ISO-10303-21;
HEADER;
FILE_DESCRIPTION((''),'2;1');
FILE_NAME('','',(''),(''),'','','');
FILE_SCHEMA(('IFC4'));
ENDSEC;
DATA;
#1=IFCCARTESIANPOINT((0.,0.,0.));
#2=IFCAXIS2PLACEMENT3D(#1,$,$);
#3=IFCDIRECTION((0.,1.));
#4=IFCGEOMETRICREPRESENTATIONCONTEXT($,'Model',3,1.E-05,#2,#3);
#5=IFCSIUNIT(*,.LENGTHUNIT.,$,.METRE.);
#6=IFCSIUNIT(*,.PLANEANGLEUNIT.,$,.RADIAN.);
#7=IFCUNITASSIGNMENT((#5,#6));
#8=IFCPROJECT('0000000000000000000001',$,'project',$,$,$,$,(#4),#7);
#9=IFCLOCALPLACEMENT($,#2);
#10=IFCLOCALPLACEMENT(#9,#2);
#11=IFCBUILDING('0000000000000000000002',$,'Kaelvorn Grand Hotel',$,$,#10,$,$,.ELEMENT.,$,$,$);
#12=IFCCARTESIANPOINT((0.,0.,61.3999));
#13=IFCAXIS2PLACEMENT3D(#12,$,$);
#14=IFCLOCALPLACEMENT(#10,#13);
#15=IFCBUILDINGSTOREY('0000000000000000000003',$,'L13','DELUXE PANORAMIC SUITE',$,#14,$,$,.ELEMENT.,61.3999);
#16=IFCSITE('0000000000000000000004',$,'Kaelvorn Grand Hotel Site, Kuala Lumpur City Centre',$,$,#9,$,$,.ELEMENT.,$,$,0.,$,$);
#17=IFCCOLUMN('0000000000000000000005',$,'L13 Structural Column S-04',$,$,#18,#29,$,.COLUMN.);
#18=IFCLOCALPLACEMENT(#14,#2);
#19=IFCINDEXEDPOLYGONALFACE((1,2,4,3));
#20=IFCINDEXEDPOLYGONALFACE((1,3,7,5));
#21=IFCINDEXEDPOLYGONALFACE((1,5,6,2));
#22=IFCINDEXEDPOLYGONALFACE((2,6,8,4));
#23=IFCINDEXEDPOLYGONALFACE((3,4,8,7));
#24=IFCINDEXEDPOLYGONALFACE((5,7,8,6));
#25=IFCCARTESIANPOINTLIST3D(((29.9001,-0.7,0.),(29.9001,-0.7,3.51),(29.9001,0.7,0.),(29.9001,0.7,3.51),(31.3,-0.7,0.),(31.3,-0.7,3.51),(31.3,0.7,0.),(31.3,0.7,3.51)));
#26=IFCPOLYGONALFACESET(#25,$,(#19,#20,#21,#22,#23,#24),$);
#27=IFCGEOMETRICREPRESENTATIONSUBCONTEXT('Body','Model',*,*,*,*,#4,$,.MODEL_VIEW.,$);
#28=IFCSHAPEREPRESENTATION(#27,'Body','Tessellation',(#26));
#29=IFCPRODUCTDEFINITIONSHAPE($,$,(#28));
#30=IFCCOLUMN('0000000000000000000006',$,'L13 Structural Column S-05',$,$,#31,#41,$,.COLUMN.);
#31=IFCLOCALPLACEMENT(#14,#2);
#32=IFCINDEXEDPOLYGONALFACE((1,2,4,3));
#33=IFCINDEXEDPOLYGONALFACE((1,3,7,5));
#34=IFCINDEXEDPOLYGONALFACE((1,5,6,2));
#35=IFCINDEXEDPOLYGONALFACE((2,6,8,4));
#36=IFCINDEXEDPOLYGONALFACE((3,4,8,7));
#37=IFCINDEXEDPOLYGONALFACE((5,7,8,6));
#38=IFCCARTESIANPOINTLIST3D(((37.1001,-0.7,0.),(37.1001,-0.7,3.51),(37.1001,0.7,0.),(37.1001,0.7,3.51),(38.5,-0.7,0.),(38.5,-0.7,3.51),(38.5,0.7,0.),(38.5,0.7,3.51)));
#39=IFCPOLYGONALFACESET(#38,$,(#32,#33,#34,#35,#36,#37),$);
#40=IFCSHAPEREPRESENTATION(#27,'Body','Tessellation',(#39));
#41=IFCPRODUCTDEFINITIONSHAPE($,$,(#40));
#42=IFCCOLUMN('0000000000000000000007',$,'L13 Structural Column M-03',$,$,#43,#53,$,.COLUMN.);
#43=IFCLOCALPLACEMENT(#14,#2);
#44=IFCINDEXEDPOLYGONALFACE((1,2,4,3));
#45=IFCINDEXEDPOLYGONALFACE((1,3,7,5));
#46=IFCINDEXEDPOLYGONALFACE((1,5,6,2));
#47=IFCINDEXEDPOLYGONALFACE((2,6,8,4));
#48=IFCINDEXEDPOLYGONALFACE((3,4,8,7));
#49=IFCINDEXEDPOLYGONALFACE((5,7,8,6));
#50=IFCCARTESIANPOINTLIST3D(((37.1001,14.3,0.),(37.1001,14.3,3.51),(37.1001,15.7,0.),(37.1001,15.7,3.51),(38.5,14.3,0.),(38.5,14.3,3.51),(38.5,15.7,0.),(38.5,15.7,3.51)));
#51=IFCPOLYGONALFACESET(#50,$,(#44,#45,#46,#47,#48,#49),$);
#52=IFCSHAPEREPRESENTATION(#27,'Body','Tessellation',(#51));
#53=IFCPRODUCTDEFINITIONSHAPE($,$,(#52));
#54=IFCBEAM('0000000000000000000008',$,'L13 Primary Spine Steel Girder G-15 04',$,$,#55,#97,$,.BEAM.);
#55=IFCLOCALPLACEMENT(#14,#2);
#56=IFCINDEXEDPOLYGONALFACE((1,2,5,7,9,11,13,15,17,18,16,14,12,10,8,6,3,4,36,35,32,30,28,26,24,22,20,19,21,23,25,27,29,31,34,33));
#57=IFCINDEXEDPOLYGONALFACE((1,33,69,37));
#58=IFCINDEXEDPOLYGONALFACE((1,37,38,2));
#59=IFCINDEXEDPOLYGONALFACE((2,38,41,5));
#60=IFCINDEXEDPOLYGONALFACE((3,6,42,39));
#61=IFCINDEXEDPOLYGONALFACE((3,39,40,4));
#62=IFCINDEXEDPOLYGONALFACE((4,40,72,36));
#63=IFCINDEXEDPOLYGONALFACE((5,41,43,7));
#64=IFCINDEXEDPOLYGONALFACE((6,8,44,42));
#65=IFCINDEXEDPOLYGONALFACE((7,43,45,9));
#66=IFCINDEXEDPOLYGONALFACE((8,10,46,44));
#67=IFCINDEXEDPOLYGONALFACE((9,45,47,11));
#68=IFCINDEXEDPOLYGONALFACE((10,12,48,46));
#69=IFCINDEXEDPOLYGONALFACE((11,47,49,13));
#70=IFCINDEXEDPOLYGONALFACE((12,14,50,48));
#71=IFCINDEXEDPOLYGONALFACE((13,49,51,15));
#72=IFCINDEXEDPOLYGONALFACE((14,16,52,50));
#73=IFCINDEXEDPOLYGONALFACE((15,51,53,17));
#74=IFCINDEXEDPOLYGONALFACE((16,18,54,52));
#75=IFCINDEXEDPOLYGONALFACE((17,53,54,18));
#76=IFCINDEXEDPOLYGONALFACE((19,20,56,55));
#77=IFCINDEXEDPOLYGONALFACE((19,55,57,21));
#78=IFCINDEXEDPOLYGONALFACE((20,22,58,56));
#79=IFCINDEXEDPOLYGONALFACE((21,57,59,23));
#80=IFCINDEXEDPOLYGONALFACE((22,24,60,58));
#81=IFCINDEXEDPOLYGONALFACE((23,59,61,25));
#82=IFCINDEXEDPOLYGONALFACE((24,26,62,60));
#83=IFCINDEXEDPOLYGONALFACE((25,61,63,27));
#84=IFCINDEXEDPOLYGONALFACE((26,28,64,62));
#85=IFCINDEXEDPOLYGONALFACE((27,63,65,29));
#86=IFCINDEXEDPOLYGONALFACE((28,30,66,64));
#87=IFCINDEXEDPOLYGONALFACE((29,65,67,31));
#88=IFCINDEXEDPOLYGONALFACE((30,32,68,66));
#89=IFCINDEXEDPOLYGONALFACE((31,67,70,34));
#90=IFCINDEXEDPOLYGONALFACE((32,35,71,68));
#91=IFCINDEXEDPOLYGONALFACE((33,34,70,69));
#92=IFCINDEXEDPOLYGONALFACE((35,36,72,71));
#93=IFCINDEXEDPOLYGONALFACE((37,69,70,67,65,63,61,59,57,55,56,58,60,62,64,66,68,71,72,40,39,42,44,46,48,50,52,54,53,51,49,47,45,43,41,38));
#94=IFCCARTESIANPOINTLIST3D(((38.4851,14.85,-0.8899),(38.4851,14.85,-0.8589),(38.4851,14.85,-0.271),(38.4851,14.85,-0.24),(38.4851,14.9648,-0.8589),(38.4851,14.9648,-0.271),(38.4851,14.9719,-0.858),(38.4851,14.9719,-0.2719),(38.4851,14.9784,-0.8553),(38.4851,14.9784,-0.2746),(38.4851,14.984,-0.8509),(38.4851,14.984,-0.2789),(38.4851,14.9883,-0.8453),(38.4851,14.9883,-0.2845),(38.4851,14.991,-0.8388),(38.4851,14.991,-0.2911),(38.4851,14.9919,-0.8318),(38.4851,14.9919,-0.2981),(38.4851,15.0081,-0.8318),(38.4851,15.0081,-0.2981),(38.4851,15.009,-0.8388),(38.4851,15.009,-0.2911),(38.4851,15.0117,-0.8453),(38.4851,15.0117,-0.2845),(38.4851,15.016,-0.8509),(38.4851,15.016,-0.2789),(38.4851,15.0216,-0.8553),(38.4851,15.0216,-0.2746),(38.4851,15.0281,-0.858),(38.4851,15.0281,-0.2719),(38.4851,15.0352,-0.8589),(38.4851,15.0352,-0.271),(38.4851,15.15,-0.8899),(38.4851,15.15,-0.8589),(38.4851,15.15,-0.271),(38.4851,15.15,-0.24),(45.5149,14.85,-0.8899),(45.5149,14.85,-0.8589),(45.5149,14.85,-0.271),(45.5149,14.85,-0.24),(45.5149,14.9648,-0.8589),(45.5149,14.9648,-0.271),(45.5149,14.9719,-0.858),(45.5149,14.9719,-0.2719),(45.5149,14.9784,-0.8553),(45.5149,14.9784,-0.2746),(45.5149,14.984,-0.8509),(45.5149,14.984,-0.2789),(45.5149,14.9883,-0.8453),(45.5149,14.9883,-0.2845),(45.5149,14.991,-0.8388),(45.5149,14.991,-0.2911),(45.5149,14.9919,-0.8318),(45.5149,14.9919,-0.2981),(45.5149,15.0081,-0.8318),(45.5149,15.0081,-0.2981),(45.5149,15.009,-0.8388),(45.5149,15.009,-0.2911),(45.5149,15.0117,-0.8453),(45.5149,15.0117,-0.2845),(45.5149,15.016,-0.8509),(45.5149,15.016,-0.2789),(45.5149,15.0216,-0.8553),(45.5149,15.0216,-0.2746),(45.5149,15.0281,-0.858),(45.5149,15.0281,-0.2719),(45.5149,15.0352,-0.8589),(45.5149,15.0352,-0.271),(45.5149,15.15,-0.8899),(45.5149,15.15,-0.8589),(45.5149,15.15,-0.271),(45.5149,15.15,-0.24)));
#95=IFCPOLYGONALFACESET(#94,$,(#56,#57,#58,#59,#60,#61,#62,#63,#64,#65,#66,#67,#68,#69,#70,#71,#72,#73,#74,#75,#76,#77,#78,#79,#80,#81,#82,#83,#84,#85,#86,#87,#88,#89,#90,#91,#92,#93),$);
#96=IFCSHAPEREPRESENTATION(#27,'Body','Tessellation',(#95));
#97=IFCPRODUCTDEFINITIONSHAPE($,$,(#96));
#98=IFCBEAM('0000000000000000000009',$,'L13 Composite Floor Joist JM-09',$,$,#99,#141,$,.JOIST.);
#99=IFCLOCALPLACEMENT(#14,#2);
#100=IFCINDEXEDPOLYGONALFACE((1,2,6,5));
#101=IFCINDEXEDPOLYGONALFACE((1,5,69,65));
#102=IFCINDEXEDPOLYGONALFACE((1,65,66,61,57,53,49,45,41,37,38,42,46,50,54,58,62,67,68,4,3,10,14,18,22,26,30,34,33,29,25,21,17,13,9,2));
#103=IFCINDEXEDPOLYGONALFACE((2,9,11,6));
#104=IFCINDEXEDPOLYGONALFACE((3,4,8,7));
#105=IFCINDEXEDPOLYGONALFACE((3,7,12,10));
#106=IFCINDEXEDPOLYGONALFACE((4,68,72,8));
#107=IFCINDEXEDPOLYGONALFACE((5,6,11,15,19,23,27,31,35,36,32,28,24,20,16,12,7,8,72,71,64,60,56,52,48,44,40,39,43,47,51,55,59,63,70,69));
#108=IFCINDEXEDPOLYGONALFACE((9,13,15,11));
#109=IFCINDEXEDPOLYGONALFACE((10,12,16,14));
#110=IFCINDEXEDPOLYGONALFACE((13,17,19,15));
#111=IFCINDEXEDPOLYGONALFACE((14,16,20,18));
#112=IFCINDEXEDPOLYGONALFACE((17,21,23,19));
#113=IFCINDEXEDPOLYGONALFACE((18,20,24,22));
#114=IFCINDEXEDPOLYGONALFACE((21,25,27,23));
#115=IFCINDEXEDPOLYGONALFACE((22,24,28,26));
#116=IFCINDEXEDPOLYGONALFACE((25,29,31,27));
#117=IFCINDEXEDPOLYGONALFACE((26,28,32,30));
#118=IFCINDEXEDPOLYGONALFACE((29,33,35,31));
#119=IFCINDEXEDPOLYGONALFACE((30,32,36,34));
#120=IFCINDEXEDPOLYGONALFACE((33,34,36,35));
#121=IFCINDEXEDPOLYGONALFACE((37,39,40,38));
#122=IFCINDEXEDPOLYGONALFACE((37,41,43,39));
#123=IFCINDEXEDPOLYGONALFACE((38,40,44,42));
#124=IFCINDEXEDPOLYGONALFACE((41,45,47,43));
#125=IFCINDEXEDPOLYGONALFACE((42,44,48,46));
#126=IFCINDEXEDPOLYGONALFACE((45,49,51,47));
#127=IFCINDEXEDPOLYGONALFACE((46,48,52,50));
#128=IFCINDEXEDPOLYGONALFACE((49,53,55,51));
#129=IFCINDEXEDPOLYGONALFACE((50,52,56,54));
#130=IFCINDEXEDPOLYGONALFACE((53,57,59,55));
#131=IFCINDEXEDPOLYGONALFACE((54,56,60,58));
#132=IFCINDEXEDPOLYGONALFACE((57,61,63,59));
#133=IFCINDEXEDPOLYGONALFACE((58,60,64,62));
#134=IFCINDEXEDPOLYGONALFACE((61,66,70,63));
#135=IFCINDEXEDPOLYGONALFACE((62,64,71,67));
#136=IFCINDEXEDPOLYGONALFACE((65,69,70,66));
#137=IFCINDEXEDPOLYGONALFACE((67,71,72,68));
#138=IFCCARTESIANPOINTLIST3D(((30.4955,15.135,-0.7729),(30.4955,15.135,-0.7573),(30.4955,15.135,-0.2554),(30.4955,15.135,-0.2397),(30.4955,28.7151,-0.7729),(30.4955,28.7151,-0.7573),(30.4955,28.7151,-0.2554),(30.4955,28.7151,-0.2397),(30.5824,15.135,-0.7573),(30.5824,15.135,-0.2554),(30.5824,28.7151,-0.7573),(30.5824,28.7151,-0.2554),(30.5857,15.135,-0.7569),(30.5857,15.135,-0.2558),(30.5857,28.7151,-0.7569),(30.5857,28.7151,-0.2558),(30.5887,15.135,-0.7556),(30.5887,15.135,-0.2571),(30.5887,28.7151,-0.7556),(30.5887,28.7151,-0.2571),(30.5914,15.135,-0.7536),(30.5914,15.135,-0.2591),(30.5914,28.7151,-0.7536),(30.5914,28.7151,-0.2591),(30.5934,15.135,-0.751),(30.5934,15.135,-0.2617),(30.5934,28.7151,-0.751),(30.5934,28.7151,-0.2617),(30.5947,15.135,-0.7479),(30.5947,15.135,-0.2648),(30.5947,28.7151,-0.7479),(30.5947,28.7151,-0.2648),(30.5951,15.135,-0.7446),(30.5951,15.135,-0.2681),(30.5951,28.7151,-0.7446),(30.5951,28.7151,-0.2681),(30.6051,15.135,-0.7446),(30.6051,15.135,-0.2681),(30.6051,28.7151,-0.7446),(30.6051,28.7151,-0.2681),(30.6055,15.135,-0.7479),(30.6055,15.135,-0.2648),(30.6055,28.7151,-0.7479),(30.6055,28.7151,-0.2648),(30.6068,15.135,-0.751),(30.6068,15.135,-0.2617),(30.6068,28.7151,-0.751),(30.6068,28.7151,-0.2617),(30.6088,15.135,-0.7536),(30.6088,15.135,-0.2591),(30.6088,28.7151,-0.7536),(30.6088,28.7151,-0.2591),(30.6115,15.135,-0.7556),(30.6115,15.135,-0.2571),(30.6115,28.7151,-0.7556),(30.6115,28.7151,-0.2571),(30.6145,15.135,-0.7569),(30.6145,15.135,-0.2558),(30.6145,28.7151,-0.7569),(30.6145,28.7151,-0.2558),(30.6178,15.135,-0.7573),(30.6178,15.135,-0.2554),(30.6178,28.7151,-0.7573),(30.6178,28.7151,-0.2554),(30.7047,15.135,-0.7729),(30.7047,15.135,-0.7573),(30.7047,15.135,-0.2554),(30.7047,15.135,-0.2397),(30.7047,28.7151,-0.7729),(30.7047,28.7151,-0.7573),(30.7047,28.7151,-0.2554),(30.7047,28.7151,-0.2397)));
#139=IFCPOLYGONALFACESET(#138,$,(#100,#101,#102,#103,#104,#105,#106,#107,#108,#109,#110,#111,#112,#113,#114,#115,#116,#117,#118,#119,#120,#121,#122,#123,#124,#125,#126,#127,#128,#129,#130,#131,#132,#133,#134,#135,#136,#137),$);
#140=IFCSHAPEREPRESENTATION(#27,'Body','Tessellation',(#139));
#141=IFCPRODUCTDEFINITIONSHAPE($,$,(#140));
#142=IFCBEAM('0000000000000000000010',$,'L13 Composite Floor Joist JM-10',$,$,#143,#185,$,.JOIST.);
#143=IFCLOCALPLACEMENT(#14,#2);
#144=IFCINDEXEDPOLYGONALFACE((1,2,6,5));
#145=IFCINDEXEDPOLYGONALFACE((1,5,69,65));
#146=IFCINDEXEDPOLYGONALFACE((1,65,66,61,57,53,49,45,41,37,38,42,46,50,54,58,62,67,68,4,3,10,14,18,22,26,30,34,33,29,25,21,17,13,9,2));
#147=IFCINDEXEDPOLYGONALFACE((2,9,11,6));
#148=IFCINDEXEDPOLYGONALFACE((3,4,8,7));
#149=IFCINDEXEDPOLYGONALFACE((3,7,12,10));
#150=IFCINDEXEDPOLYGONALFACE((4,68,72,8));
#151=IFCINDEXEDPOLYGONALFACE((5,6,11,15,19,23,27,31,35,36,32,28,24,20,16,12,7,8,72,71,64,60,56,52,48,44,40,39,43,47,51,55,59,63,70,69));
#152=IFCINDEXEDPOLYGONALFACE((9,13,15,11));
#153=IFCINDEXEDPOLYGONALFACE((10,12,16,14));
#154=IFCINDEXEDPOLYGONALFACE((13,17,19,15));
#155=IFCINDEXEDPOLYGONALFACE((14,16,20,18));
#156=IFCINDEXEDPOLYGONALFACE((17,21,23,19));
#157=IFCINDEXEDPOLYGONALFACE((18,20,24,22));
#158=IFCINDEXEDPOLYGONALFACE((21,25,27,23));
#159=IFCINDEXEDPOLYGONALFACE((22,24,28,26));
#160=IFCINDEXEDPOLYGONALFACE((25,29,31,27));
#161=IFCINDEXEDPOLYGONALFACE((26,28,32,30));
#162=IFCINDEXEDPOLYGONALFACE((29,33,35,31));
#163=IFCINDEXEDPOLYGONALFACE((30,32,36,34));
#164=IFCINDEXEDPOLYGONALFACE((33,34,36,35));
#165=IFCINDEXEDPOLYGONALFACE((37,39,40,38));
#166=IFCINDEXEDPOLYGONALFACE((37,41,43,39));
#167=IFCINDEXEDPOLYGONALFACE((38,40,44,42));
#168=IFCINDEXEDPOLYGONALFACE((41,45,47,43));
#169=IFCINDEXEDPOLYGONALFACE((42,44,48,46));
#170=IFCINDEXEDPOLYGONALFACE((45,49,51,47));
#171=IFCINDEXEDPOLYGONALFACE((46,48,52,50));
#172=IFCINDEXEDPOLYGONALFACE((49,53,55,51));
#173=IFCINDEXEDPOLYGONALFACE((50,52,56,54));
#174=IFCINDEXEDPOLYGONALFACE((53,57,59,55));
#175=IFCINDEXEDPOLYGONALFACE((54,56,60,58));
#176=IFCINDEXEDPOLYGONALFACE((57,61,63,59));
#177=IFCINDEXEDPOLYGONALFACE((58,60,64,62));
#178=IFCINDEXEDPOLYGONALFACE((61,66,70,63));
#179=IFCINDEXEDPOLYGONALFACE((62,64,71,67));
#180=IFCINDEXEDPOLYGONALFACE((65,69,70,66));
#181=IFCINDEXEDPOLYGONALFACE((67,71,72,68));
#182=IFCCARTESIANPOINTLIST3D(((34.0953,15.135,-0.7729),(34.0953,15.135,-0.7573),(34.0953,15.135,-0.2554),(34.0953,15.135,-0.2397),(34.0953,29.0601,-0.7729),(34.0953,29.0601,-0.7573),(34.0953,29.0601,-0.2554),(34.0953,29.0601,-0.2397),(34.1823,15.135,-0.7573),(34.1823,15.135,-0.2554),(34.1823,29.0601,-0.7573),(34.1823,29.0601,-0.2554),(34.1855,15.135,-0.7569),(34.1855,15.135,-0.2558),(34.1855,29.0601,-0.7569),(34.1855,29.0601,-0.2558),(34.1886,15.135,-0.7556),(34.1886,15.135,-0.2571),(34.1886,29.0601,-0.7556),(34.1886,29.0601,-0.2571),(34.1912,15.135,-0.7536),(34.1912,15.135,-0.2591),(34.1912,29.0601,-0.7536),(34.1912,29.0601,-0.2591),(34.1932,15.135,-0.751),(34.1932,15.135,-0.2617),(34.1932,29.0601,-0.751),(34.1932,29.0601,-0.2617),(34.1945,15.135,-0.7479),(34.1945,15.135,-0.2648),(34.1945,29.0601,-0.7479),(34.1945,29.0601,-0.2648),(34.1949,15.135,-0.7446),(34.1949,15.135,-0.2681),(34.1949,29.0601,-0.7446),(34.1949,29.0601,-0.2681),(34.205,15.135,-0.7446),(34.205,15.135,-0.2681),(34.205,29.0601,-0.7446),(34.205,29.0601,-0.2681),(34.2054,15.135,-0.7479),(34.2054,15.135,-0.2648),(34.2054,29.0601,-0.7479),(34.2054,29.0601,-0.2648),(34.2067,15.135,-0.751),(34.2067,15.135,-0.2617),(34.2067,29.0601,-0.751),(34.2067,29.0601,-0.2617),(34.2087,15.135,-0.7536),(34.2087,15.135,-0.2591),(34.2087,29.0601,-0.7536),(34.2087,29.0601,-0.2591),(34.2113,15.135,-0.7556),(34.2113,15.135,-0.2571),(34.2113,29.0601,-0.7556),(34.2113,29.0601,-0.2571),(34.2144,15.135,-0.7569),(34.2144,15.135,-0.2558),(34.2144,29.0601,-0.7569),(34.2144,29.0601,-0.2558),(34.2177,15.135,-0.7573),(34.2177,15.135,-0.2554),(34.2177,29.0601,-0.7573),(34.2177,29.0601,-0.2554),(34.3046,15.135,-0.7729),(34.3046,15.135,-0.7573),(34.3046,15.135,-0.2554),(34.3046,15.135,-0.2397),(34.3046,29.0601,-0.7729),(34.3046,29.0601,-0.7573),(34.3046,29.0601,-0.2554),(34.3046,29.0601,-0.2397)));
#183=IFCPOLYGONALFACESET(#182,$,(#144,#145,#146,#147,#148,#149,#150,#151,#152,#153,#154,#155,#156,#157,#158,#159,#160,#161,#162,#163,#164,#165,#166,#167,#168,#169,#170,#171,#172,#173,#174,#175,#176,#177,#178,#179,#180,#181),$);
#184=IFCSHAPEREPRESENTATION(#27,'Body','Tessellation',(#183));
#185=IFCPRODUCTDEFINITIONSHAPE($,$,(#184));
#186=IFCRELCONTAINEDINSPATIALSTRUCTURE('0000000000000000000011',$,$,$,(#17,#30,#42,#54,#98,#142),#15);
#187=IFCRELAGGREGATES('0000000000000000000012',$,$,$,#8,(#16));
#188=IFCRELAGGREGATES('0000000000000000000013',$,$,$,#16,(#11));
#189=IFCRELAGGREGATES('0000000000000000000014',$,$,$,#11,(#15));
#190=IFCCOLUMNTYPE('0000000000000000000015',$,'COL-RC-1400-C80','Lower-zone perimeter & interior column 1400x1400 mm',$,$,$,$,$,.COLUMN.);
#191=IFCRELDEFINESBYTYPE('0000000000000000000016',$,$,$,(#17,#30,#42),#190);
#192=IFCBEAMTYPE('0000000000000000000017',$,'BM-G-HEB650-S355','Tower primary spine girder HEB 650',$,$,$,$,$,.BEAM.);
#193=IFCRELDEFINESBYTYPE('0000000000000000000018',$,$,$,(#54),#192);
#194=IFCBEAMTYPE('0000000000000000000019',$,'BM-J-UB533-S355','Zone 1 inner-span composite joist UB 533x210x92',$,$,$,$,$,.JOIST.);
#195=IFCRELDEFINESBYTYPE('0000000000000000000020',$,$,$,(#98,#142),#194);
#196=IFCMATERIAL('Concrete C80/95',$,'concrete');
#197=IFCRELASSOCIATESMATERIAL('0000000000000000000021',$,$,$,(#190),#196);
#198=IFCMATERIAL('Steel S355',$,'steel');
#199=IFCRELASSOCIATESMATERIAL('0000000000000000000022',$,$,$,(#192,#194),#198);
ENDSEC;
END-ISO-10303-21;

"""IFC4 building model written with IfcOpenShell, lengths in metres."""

from ifc_helpers import new_model, si_unit, direction, frame, origin, origin_2d, place, context, subcontext, project, spatial, rectangle, i_section, extrude, material, material_profile, profile_set, type_object, element, save


model = new_model("IFC4")

# Units and contexts
model_context = context("Model", 3, precision=1e-05, world=origin(), true_north=direction((0.0, 1.0)))
body_context = subcontext(model_context, "Body", "Model", "MODEL_VIEW")
ifc_project = project(units=[si_unit("LENGTHUNIT", "METRE"), si_unit("PLANEANGLEUNIT", "RADIAN")], contexts=[model_context])

# Site, building, storey
site_placement = place(None, origin())
site = spatial("IfcSite", under=ifc_project, at=site_placement, Name="Kaelvorn Grand Hotel Site, Kuala Lumpur City Centre", CompositionType="ELEMENT", RefElevation=0.0)
building_placement = place(site_placement, origin())
building = spatial("IfcBuilding", under=site, at=building_placement, Name="Kaelvorn Grand Hotel", CompositionType="ELEMENT")
storey_placement = place(building_placement, frame((0.0, 0.0, 61.3999)))
storey = spatial("IfcBuildingStorey", under=building, at=storey_placement, Name="L13", Description="DELUXE PANORAMIC SUITE", CompositionType="ELEMENT", Elevation=61.3999)

# Columns
ifc_material_1 = material(Name="Concrete C80/95", Category="concrete")
ifc_material_profile_1 = material_profile(ifc_material_1, rectangle(XDim=1.3999, YDim=1.3999, at=origin_2d()), Name="RC COL 1400x1400")
ifc_profile_set_1 = profile_set([ifc_material_profile_1], Name="Concrete C80/95")
column_type = type_object("IfcColumnType", Name="COL-RC-1400-C80", Description="Lower-zone perimeter & interior column 1400x1400 mm", PredefinedType="COLUMN", material=ifc_profile_set_1)
for number, where, z_axis, x_axis, name in (
    (1, (30.6001, 0.0, 0.0), (0.0, 0.0, 1.0), (1.0, 0.0, 0.0), "L13 Structural Column S-04"),
    (2, (37.8, 0.0, 0.0), (0.0, 0.0, 1.0), (1.0, 0.0, 0.0), "L13 Structural Column S-05"),
    (3, (37.8, 15.0, 0.0), (0.0, 0.0, 1.0), (1.0, 0.0, 0.0), "L13 Structural Column M-03"),
):
    element("IfcColumn", number, at=place(storey_placement, frame(where, z_axis=z_axis, x_axis=x_axis)), inside=storey, type_object=column_type, Name=name, PredefinedType="COLUMN", context=body_context, shape_type="SweptSolid", body=[
        extrude(rectangle(XDim=1.3999, YDim=1.3999, at=origin_2d()), origin(), (0.0, 0.0, 1.0), 3.51),
    ])

# Beams
ifc_material_2 = material(Name="Steel S355", Category="steel")
ifc_material_profile_2 = material_profile(ifc_material_2, i_section(OverallWidth=0.3, OverallDepth=0.6499, WebThickness=0.0161, FlangeThickness=0.031, FilletRadius=0.0271, at=origin_2d()), Name="HEB 650")
ifc_profile_set_2 = profile_set([ifc_material_profile_2], Name="Steel S355")
beam_type_1 = type_object("IfcBeamType", Name="BM-G-HEB650-S355", Description="Tower primary spine girder HEB 650", PredefinedType="BEAM", material=ifc_profile_set_2)
beam_1_placement = place(storey_placement, frame((38.4851, 15.0, -0.5649), z_axis=(1.0, 0.0, 0.0), x_axis=(0.0, 1.0, 0.0)))
element("IfcBeam", 4, at=beam_1_placement, inside=storey, type_object=beam_type_1, Name="L13 Primary Spine Steel Girder G-15 04", PredefinedType="BEAM", context=body_context, shape_type="SweptSolid", body=[
    extrude(i_section(OverallWidth=0.3, OverallDepth=0.6499, WebThickness=0.0161, FlangeThickness=0.031, FilletRadius=0.0271, at=origin_2d()), origin(), (0.0, 0.0, 1.0), 7.0298),
])
ifc_material_profile_3 = material_profile(ifc_material_2, i_section(OverallWidth=0.2092, OverallDepth=0.5332, WebThickness=0.01, FlangeThickness=0.0156, FilletRadius=0.0127, at=origin_2d()), Name="UB 533x210x92")
ifc_profile_set_3 = profile_set([ifc_material_profile_3], Name="Steel S355")
beam_type_2 = type_object("IfcBeamType", Name="BM-J-UB533-S355", Description="Zone 1 inner-span composite joist UB 533x210x92", PredefinedType="JOIST", material=ifc_profile_set_3)
beam_2_placement = place(storey_placement, frame((30.6001, 15.135, -0.5063), z_axis=(0.0, 1.0, 0.0), x_axis=(-1.0, 0.0, 0.0)))
element("IfcBeam", 5, at=beam_2_placement, inside=storey, type_object=beam_type_2, Name="L13 Composite Floor Joist JM-09", PredefinedType="JOIST", context=body_context, shape_type="SweptSolid", body=[
    extrude(i_section(OverallWidth=0.2092, OverallDepth=0.5332, WebThickness=0.01, FlangeThickness=0.0156, FilletRadius=0.0127, at=origin_2d()), origin(), (0.0, 0.0, 1.0), 13.5801),
])
beam_3_placement = place(storey_placement, frame((34.2, 15.135, -0.5063), z_axis=(0.0, 1.0, 0.0), x_axis=(-1.0, 0.0, 0.0)))
element("IfcBeam", 6, at=beam_3_placement, inside=storey, type_object=beam_type_2, Name="L13 Composite Floor Joist JM-10", PredefinedType="JOIST", context=body_context, shape_type="SweptSolid", body=[
    extrude(i_section(OverallWidth=0.2092, OverallDepth=0.5332, WebThickness=0.01, FlangeThickness=0.0156, FilletRadius=0.0127, at=origin_2d()), origin(), (0.0, 0.0, 1.0), 13.925),
])

save(model, "model.ifc")
